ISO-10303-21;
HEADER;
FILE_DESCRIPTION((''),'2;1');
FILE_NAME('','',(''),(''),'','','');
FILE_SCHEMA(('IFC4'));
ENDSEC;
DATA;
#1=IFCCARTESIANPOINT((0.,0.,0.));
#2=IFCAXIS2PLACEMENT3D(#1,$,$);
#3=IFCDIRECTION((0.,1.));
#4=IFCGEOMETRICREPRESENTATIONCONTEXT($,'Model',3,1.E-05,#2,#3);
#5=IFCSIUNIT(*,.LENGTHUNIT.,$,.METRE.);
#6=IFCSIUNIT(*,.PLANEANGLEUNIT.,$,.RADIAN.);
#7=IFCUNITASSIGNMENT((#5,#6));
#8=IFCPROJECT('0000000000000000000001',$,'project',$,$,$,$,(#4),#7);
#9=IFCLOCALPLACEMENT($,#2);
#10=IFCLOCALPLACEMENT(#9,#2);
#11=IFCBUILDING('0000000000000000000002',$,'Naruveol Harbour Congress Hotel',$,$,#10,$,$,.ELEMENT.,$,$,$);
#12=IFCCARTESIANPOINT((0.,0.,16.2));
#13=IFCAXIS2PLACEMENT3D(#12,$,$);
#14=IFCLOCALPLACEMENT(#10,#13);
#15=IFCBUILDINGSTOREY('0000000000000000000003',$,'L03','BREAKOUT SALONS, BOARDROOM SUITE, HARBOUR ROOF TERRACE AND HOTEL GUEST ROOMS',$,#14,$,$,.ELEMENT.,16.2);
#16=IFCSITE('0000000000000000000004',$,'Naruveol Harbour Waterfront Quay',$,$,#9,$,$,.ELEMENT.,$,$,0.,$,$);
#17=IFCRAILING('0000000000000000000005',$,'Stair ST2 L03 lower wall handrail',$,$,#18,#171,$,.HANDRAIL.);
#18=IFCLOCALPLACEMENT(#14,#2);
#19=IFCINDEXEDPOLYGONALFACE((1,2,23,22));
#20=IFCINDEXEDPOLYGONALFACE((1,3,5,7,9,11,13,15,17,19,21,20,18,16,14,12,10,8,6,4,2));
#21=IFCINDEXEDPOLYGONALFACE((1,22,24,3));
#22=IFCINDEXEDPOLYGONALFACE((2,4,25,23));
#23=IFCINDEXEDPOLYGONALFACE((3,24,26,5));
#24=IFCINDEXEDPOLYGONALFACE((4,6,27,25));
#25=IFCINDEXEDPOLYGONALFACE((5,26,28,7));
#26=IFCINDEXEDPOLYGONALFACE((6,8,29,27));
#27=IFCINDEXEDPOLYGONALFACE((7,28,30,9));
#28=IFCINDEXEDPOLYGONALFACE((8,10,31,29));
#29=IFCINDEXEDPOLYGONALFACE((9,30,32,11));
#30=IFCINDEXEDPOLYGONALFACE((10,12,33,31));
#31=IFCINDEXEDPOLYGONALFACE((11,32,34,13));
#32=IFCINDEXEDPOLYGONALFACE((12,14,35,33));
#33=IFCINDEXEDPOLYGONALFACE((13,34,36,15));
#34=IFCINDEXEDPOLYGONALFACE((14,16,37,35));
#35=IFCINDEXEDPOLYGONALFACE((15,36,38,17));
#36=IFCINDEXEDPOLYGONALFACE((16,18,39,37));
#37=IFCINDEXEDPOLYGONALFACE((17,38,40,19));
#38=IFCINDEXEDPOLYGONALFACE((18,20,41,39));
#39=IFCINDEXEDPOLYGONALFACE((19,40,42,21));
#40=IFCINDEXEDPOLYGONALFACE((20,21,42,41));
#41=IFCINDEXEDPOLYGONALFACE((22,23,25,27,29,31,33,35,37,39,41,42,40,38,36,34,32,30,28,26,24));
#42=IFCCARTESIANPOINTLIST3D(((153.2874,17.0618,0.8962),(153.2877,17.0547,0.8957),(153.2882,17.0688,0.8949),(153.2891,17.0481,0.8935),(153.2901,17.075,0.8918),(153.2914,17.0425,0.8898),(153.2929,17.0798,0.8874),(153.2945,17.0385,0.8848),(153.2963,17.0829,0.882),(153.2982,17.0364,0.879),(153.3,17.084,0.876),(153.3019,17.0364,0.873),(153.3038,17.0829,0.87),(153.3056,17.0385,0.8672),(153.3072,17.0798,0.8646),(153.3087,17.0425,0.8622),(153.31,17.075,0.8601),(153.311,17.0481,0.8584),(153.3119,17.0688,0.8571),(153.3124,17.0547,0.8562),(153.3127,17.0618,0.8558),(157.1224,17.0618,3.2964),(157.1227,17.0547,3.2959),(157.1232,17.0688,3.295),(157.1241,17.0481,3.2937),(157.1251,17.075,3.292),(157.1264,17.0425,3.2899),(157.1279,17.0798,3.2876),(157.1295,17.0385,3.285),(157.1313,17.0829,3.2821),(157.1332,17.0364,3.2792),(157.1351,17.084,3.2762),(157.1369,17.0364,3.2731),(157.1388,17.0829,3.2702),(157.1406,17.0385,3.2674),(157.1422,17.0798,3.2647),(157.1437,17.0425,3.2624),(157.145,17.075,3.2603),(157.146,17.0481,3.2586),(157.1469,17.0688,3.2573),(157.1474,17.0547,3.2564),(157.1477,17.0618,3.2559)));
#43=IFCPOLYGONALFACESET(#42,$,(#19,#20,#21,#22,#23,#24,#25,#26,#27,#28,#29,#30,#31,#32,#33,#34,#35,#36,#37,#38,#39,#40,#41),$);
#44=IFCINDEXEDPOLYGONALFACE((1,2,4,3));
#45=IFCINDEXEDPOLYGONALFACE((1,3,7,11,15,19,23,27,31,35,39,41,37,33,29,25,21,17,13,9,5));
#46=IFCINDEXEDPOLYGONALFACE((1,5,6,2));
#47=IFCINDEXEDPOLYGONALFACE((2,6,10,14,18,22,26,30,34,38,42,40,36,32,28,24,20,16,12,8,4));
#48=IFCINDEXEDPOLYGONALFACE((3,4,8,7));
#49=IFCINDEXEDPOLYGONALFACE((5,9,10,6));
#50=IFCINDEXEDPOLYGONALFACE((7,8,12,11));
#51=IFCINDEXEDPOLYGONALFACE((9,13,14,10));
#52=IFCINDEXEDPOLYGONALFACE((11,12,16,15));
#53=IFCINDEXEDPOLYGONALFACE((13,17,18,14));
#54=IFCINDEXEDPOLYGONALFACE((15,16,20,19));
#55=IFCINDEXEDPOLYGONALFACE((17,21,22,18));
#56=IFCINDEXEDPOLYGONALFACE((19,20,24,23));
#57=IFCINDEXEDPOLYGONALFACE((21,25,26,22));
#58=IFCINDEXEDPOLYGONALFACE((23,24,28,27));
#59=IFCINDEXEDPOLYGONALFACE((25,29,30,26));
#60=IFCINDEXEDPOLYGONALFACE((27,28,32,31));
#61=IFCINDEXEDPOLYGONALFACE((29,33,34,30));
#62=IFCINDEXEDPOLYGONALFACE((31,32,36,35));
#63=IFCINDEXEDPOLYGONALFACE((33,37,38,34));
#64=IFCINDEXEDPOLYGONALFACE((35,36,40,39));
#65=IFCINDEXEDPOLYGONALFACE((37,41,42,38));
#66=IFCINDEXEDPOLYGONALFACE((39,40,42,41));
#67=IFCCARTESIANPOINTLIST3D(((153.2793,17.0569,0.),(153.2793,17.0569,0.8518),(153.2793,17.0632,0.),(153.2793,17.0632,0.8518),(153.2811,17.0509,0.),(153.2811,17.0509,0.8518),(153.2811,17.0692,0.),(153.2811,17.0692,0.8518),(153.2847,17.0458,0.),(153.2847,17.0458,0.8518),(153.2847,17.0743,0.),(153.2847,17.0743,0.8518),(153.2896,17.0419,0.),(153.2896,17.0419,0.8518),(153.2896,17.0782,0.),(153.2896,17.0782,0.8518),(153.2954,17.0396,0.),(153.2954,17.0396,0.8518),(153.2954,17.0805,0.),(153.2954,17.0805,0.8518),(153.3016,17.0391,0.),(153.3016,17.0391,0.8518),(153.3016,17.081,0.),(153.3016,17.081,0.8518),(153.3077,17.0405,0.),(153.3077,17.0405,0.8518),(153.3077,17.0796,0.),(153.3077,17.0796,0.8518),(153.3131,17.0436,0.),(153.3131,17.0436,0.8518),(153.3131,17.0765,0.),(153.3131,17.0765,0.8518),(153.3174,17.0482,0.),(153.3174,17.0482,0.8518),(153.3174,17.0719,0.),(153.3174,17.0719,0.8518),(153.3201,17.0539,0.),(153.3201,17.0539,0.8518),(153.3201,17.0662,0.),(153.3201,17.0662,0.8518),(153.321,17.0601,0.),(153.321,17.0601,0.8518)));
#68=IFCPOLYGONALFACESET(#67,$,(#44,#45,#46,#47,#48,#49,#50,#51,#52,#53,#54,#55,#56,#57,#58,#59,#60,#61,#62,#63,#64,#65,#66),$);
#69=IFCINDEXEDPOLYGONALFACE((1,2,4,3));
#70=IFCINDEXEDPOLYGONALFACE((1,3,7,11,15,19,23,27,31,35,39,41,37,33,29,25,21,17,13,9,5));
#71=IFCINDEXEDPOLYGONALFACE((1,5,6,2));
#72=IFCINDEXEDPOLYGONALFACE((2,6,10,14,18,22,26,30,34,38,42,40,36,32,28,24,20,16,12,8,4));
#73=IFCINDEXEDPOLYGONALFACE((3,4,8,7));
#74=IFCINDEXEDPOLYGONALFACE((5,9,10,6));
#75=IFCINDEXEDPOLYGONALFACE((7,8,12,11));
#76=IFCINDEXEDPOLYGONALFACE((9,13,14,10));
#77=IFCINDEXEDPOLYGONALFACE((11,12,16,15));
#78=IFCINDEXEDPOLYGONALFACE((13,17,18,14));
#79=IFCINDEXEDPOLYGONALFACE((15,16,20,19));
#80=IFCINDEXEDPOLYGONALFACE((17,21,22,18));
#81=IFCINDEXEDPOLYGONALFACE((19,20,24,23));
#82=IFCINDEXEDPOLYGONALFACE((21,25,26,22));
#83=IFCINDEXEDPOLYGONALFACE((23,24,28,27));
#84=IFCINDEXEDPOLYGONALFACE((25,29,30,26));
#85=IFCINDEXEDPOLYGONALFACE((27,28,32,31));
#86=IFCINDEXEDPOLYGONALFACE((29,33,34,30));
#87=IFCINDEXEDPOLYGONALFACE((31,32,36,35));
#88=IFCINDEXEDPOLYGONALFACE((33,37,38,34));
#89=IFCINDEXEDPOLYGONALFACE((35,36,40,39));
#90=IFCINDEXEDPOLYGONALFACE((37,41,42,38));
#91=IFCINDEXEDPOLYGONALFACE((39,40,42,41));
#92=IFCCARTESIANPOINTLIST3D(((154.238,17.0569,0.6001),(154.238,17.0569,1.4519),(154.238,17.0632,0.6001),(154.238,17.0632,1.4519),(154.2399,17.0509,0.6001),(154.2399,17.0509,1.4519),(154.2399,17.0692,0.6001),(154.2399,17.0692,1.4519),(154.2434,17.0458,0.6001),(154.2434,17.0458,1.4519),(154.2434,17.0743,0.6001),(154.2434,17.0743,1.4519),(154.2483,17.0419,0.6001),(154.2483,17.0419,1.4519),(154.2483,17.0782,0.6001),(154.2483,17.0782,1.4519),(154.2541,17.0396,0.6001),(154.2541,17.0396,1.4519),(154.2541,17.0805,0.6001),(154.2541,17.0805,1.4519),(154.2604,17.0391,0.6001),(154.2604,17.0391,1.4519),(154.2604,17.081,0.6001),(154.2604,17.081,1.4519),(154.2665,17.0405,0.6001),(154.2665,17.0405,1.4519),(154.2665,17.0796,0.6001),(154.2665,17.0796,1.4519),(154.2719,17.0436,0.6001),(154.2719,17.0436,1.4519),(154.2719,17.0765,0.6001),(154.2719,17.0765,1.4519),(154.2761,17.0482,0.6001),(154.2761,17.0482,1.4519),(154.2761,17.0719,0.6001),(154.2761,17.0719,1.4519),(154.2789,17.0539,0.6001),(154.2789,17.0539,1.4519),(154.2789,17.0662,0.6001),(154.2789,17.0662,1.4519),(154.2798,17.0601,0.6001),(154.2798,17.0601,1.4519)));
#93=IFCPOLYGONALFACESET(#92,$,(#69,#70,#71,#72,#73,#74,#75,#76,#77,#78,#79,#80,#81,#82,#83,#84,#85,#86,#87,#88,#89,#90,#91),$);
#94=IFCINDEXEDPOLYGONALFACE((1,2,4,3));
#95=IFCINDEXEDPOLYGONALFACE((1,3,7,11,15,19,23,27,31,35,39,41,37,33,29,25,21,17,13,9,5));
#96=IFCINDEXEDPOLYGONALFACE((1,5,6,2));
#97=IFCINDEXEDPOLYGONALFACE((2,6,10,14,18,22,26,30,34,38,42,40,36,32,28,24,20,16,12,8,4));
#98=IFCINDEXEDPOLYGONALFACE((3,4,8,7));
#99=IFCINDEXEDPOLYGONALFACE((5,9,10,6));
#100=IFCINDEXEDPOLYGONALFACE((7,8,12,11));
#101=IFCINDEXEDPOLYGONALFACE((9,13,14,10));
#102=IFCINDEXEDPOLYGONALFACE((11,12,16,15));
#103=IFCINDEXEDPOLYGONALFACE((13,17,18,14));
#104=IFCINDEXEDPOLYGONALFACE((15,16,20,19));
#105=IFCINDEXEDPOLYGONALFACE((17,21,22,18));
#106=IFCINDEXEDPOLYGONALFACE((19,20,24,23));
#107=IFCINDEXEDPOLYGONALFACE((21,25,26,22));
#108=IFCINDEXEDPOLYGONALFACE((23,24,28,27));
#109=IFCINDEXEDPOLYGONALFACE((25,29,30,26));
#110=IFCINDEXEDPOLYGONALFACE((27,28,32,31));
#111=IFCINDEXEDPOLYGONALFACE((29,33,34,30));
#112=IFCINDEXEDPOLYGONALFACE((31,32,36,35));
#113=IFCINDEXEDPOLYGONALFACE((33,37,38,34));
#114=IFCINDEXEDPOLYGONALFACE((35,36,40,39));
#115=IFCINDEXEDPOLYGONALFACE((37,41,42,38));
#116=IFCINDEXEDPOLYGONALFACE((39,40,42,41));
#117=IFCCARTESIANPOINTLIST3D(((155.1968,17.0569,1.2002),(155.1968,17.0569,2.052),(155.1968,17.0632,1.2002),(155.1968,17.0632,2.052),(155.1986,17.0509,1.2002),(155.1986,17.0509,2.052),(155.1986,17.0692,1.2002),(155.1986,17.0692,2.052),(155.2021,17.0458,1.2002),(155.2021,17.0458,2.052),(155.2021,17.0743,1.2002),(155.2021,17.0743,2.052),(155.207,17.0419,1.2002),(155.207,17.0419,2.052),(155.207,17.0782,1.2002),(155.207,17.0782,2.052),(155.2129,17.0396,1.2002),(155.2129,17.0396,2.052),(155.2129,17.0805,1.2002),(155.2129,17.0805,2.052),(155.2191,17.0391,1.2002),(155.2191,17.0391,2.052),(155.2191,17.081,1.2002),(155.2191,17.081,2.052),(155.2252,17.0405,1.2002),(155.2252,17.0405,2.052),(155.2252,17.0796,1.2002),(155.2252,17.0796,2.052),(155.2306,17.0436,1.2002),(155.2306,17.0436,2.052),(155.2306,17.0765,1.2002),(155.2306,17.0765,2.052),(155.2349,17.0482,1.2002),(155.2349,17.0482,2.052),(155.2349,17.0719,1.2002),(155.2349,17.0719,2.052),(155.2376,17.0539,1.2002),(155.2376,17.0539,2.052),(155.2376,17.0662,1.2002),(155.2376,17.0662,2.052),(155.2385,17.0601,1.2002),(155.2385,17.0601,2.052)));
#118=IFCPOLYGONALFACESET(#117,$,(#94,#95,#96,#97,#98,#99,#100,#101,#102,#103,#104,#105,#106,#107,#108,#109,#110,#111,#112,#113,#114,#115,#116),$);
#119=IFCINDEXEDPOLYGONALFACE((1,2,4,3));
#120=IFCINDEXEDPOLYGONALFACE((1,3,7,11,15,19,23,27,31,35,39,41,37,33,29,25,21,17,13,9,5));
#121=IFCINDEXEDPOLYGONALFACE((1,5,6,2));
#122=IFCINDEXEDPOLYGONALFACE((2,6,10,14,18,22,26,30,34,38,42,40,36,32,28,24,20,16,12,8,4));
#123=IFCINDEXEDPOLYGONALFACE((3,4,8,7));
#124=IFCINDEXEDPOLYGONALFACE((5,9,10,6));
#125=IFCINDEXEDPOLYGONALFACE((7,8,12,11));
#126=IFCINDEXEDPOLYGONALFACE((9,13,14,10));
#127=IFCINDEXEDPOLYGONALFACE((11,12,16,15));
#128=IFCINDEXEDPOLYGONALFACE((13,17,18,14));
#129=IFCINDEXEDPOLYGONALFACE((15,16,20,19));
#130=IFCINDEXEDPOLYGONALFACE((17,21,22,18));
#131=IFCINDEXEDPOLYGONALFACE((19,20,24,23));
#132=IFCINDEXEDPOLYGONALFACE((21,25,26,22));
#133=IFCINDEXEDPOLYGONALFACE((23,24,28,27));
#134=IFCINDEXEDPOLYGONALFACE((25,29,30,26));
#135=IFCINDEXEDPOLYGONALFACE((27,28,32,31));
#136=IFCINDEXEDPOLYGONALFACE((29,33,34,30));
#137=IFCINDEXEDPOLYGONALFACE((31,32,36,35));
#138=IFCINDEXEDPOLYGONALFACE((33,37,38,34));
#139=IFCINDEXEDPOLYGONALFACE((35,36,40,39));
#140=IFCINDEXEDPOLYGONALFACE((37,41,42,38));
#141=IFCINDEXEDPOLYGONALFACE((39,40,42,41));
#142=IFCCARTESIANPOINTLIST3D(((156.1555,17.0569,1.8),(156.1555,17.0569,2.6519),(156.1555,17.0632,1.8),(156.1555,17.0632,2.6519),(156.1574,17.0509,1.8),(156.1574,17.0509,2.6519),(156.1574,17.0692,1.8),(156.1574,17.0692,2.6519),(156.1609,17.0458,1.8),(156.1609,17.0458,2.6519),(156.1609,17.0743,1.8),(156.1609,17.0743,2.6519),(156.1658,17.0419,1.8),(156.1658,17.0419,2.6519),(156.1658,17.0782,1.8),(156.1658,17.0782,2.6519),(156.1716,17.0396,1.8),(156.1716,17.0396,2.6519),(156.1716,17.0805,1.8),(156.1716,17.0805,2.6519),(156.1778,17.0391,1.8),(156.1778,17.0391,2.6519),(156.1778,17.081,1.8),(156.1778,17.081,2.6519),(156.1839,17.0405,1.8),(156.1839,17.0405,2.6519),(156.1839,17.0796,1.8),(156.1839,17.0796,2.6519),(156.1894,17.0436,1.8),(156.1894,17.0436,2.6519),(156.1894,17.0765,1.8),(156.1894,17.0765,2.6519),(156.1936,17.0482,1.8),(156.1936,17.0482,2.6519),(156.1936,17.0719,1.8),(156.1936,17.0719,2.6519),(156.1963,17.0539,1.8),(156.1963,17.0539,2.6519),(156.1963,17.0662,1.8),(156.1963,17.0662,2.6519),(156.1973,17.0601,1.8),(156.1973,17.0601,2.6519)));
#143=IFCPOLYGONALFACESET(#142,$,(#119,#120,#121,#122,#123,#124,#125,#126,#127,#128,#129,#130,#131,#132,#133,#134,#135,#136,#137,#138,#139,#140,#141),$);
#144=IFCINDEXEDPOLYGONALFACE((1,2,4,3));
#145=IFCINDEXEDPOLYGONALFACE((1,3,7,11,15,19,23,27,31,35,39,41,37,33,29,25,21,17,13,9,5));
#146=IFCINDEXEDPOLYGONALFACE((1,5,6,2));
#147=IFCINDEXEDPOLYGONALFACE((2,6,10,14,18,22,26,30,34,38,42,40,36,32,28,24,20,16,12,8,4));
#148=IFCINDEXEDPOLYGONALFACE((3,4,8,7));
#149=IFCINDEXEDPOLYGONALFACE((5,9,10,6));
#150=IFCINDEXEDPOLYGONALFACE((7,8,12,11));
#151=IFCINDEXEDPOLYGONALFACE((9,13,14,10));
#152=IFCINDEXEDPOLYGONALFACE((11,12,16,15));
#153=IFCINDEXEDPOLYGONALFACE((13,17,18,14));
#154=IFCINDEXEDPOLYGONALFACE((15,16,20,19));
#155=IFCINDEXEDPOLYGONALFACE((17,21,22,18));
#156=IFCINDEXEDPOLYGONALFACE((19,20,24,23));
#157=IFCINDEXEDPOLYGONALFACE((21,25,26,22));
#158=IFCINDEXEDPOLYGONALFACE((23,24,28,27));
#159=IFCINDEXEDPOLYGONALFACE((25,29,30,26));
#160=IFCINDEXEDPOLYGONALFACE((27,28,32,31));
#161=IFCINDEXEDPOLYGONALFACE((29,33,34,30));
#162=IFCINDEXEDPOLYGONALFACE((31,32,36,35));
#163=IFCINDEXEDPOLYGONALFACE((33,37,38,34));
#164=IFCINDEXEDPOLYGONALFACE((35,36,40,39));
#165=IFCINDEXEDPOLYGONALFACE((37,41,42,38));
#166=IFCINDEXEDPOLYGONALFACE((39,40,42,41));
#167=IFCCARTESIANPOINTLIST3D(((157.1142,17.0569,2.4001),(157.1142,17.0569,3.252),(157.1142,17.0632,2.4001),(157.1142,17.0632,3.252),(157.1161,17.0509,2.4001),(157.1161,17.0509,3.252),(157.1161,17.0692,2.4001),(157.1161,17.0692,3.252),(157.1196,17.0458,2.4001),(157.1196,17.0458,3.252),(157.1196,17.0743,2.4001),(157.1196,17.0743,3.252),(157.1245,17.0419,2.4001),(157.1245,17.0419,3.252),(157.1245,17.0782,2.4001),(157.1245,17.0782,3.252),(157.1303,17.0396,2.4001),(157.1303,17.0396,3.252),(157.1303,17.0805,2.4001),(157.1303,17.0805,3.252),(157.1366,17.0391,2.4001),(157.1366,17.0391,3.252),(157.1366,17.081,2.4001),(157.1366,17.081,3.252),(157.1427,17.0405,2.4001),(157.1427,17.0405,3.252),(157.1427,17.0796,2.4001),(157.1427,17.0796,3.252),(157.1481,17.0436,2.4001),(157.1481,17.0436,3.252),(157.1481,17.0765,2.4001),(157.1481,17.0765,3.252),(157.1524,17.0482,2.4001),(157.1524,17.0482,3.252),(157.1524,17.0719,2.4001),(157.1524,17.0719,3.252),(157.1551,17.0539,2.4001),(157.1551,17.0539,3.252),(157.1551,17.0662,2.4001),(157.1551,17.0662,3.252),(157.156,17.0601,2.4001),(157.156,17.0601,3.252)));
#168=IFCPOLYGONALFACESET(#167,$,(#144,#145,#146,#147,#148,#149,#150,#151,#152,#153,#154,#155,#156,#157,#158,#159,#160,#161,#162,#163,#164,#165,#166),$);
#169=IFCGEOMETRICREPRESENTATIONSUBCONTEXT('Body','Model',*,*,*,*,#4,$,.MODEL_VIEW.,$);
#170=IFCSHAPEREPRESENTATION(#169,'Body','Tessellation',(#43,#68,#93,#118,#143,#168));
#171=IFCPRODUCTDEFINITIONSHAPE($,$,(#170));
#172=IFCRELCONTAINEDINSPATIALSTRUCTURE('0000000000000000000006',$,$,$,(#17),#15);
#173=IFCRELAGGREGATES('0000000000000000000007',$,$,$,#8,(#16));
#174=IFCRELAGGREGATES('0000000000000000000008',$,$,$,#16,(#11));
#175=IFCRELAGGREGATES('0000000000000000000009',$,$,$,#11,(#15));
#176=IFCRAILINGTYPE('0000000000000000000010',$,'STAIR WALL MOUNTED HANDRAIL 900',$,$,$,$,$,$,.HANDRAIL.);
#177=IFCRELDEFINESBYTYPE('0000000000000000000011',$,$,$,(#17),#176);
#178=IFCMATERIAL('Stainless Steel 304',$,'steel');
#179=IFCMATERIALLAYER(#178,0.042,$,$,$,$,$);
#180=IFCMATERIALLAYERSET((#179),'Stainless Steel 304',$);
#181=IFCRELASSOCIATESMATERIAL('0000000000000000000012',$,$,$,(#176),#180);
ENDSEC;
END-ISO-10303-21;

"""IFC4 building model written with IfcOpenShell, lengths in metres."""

from ifc_helpers import new_model, si_unit, direction, frame, origin, origin_2d, place, context, subcontext, project, spatial, circle, extrude, material, layer, layer_set, type_object, element, save


model = new_model("IFC4")

# Units and contexts
model_context = context("Model", 3, precision=1e-05, world=origin(), true_north=direction((0.0, 1.0)))
body_context = subcontext(model_context, "Body", "Model", "MODEL_VIEW")
ifc_project = project(units=[si_unit("LENGTHUNIT", "METRE"), si_unit("PLANEANGLEUNIT", "RADIAN")], contexts=[model_context])

# Site, building, storey
site_placement = place(None, origin())
site = spatial("IfcSite", under=ifc_project, at=site_placement, Name="Naruveol Harbour Waterfront Quay", CompositionType="ELEMENT", RefElevation=0.0)
building_placement = place(site_placement, origin())
building = spatial("IfcBuilding", under=site, at=building_placement, Name="Naruveol Harbour Congress Hotel", CompositionType="ELEMENT")
storey_placement = place(building_placement, frame((0.0, 0.0, 16.2)))
storey = spatial("IfcBuildingStorey", under=building, at=storey_placement, Name="L03", Description="BREAKOUT SALONS, BOARDROOM SUITE, HARBOUR ROOF TERRACE AND HOTEL GUEST ROOMS", CompositionType="ELEMENT", Elevation=16.2)

# Railing
ifc_material_1 = material(Name="Stainless Steel 304", Category="steel")
ifc_layer_1 = layer(ifc_material_1, 0.042)
ifc_layer_set_1 = layer_set([ifc_layer_1], Name="Stainless Steel 304")
railing_type_1 = type_object("IfcRailingType", Name="STAIR WALL MOUNTED HANDRAIL 900", PredefinedType="HANDRAIL", material=ifc_layer_set_1)
railing_1_placement = place(storey_placement, frame((153.3, 17.0601, 0.0)))
element("IfcRailing", 1, at=railing_1_placement, inside=storey, type_object=railing_type_1, Name="Stair ST2 L03 lower wall handrail", PredefinedType="HANDRAIL", context=body_context, shape_type="SweptSolid", body=[
    extrude(circle(Radius=0.0239, at=origin_2d()), frame((0.0, 0.0, 0.876), z_axis=(0.847671, 0.0, 0.530523), x_axis=(0.0, 1.0, 0.0)), (0.0, 0.0, 1.0), 4.5242),
    extrude(circle(Radius=0.021, at=origin_2d()), origin(), (0.0, 0.0, 1.0), 0.8518),
    extrude(circle(Radius=0.021, at=origin_2d()), frame((0.9587, 0.0, 0.6001)), (0.0, 0.0, 1.0), 0.8518),
    extrude(circle(Radius=0.021, at=origin_2d()), frame((1.9175, 0.0, 1.2002)), (0.0, 0.0, 1.0), 0.8518),
    extrude(circle(Radius=0.021, at=origin_2d()), frame((2.8762, 0.0, 1.8)), (0.0, 0.0, 1.0), 0.8518),
    extrude(circle(Radius=0.021, at=origin_2d()), frame((3.835, 0.0, 2.4001)), (0.0, 0.0, 1.0), 0.8518),
])

save(model, "model.ifc")
